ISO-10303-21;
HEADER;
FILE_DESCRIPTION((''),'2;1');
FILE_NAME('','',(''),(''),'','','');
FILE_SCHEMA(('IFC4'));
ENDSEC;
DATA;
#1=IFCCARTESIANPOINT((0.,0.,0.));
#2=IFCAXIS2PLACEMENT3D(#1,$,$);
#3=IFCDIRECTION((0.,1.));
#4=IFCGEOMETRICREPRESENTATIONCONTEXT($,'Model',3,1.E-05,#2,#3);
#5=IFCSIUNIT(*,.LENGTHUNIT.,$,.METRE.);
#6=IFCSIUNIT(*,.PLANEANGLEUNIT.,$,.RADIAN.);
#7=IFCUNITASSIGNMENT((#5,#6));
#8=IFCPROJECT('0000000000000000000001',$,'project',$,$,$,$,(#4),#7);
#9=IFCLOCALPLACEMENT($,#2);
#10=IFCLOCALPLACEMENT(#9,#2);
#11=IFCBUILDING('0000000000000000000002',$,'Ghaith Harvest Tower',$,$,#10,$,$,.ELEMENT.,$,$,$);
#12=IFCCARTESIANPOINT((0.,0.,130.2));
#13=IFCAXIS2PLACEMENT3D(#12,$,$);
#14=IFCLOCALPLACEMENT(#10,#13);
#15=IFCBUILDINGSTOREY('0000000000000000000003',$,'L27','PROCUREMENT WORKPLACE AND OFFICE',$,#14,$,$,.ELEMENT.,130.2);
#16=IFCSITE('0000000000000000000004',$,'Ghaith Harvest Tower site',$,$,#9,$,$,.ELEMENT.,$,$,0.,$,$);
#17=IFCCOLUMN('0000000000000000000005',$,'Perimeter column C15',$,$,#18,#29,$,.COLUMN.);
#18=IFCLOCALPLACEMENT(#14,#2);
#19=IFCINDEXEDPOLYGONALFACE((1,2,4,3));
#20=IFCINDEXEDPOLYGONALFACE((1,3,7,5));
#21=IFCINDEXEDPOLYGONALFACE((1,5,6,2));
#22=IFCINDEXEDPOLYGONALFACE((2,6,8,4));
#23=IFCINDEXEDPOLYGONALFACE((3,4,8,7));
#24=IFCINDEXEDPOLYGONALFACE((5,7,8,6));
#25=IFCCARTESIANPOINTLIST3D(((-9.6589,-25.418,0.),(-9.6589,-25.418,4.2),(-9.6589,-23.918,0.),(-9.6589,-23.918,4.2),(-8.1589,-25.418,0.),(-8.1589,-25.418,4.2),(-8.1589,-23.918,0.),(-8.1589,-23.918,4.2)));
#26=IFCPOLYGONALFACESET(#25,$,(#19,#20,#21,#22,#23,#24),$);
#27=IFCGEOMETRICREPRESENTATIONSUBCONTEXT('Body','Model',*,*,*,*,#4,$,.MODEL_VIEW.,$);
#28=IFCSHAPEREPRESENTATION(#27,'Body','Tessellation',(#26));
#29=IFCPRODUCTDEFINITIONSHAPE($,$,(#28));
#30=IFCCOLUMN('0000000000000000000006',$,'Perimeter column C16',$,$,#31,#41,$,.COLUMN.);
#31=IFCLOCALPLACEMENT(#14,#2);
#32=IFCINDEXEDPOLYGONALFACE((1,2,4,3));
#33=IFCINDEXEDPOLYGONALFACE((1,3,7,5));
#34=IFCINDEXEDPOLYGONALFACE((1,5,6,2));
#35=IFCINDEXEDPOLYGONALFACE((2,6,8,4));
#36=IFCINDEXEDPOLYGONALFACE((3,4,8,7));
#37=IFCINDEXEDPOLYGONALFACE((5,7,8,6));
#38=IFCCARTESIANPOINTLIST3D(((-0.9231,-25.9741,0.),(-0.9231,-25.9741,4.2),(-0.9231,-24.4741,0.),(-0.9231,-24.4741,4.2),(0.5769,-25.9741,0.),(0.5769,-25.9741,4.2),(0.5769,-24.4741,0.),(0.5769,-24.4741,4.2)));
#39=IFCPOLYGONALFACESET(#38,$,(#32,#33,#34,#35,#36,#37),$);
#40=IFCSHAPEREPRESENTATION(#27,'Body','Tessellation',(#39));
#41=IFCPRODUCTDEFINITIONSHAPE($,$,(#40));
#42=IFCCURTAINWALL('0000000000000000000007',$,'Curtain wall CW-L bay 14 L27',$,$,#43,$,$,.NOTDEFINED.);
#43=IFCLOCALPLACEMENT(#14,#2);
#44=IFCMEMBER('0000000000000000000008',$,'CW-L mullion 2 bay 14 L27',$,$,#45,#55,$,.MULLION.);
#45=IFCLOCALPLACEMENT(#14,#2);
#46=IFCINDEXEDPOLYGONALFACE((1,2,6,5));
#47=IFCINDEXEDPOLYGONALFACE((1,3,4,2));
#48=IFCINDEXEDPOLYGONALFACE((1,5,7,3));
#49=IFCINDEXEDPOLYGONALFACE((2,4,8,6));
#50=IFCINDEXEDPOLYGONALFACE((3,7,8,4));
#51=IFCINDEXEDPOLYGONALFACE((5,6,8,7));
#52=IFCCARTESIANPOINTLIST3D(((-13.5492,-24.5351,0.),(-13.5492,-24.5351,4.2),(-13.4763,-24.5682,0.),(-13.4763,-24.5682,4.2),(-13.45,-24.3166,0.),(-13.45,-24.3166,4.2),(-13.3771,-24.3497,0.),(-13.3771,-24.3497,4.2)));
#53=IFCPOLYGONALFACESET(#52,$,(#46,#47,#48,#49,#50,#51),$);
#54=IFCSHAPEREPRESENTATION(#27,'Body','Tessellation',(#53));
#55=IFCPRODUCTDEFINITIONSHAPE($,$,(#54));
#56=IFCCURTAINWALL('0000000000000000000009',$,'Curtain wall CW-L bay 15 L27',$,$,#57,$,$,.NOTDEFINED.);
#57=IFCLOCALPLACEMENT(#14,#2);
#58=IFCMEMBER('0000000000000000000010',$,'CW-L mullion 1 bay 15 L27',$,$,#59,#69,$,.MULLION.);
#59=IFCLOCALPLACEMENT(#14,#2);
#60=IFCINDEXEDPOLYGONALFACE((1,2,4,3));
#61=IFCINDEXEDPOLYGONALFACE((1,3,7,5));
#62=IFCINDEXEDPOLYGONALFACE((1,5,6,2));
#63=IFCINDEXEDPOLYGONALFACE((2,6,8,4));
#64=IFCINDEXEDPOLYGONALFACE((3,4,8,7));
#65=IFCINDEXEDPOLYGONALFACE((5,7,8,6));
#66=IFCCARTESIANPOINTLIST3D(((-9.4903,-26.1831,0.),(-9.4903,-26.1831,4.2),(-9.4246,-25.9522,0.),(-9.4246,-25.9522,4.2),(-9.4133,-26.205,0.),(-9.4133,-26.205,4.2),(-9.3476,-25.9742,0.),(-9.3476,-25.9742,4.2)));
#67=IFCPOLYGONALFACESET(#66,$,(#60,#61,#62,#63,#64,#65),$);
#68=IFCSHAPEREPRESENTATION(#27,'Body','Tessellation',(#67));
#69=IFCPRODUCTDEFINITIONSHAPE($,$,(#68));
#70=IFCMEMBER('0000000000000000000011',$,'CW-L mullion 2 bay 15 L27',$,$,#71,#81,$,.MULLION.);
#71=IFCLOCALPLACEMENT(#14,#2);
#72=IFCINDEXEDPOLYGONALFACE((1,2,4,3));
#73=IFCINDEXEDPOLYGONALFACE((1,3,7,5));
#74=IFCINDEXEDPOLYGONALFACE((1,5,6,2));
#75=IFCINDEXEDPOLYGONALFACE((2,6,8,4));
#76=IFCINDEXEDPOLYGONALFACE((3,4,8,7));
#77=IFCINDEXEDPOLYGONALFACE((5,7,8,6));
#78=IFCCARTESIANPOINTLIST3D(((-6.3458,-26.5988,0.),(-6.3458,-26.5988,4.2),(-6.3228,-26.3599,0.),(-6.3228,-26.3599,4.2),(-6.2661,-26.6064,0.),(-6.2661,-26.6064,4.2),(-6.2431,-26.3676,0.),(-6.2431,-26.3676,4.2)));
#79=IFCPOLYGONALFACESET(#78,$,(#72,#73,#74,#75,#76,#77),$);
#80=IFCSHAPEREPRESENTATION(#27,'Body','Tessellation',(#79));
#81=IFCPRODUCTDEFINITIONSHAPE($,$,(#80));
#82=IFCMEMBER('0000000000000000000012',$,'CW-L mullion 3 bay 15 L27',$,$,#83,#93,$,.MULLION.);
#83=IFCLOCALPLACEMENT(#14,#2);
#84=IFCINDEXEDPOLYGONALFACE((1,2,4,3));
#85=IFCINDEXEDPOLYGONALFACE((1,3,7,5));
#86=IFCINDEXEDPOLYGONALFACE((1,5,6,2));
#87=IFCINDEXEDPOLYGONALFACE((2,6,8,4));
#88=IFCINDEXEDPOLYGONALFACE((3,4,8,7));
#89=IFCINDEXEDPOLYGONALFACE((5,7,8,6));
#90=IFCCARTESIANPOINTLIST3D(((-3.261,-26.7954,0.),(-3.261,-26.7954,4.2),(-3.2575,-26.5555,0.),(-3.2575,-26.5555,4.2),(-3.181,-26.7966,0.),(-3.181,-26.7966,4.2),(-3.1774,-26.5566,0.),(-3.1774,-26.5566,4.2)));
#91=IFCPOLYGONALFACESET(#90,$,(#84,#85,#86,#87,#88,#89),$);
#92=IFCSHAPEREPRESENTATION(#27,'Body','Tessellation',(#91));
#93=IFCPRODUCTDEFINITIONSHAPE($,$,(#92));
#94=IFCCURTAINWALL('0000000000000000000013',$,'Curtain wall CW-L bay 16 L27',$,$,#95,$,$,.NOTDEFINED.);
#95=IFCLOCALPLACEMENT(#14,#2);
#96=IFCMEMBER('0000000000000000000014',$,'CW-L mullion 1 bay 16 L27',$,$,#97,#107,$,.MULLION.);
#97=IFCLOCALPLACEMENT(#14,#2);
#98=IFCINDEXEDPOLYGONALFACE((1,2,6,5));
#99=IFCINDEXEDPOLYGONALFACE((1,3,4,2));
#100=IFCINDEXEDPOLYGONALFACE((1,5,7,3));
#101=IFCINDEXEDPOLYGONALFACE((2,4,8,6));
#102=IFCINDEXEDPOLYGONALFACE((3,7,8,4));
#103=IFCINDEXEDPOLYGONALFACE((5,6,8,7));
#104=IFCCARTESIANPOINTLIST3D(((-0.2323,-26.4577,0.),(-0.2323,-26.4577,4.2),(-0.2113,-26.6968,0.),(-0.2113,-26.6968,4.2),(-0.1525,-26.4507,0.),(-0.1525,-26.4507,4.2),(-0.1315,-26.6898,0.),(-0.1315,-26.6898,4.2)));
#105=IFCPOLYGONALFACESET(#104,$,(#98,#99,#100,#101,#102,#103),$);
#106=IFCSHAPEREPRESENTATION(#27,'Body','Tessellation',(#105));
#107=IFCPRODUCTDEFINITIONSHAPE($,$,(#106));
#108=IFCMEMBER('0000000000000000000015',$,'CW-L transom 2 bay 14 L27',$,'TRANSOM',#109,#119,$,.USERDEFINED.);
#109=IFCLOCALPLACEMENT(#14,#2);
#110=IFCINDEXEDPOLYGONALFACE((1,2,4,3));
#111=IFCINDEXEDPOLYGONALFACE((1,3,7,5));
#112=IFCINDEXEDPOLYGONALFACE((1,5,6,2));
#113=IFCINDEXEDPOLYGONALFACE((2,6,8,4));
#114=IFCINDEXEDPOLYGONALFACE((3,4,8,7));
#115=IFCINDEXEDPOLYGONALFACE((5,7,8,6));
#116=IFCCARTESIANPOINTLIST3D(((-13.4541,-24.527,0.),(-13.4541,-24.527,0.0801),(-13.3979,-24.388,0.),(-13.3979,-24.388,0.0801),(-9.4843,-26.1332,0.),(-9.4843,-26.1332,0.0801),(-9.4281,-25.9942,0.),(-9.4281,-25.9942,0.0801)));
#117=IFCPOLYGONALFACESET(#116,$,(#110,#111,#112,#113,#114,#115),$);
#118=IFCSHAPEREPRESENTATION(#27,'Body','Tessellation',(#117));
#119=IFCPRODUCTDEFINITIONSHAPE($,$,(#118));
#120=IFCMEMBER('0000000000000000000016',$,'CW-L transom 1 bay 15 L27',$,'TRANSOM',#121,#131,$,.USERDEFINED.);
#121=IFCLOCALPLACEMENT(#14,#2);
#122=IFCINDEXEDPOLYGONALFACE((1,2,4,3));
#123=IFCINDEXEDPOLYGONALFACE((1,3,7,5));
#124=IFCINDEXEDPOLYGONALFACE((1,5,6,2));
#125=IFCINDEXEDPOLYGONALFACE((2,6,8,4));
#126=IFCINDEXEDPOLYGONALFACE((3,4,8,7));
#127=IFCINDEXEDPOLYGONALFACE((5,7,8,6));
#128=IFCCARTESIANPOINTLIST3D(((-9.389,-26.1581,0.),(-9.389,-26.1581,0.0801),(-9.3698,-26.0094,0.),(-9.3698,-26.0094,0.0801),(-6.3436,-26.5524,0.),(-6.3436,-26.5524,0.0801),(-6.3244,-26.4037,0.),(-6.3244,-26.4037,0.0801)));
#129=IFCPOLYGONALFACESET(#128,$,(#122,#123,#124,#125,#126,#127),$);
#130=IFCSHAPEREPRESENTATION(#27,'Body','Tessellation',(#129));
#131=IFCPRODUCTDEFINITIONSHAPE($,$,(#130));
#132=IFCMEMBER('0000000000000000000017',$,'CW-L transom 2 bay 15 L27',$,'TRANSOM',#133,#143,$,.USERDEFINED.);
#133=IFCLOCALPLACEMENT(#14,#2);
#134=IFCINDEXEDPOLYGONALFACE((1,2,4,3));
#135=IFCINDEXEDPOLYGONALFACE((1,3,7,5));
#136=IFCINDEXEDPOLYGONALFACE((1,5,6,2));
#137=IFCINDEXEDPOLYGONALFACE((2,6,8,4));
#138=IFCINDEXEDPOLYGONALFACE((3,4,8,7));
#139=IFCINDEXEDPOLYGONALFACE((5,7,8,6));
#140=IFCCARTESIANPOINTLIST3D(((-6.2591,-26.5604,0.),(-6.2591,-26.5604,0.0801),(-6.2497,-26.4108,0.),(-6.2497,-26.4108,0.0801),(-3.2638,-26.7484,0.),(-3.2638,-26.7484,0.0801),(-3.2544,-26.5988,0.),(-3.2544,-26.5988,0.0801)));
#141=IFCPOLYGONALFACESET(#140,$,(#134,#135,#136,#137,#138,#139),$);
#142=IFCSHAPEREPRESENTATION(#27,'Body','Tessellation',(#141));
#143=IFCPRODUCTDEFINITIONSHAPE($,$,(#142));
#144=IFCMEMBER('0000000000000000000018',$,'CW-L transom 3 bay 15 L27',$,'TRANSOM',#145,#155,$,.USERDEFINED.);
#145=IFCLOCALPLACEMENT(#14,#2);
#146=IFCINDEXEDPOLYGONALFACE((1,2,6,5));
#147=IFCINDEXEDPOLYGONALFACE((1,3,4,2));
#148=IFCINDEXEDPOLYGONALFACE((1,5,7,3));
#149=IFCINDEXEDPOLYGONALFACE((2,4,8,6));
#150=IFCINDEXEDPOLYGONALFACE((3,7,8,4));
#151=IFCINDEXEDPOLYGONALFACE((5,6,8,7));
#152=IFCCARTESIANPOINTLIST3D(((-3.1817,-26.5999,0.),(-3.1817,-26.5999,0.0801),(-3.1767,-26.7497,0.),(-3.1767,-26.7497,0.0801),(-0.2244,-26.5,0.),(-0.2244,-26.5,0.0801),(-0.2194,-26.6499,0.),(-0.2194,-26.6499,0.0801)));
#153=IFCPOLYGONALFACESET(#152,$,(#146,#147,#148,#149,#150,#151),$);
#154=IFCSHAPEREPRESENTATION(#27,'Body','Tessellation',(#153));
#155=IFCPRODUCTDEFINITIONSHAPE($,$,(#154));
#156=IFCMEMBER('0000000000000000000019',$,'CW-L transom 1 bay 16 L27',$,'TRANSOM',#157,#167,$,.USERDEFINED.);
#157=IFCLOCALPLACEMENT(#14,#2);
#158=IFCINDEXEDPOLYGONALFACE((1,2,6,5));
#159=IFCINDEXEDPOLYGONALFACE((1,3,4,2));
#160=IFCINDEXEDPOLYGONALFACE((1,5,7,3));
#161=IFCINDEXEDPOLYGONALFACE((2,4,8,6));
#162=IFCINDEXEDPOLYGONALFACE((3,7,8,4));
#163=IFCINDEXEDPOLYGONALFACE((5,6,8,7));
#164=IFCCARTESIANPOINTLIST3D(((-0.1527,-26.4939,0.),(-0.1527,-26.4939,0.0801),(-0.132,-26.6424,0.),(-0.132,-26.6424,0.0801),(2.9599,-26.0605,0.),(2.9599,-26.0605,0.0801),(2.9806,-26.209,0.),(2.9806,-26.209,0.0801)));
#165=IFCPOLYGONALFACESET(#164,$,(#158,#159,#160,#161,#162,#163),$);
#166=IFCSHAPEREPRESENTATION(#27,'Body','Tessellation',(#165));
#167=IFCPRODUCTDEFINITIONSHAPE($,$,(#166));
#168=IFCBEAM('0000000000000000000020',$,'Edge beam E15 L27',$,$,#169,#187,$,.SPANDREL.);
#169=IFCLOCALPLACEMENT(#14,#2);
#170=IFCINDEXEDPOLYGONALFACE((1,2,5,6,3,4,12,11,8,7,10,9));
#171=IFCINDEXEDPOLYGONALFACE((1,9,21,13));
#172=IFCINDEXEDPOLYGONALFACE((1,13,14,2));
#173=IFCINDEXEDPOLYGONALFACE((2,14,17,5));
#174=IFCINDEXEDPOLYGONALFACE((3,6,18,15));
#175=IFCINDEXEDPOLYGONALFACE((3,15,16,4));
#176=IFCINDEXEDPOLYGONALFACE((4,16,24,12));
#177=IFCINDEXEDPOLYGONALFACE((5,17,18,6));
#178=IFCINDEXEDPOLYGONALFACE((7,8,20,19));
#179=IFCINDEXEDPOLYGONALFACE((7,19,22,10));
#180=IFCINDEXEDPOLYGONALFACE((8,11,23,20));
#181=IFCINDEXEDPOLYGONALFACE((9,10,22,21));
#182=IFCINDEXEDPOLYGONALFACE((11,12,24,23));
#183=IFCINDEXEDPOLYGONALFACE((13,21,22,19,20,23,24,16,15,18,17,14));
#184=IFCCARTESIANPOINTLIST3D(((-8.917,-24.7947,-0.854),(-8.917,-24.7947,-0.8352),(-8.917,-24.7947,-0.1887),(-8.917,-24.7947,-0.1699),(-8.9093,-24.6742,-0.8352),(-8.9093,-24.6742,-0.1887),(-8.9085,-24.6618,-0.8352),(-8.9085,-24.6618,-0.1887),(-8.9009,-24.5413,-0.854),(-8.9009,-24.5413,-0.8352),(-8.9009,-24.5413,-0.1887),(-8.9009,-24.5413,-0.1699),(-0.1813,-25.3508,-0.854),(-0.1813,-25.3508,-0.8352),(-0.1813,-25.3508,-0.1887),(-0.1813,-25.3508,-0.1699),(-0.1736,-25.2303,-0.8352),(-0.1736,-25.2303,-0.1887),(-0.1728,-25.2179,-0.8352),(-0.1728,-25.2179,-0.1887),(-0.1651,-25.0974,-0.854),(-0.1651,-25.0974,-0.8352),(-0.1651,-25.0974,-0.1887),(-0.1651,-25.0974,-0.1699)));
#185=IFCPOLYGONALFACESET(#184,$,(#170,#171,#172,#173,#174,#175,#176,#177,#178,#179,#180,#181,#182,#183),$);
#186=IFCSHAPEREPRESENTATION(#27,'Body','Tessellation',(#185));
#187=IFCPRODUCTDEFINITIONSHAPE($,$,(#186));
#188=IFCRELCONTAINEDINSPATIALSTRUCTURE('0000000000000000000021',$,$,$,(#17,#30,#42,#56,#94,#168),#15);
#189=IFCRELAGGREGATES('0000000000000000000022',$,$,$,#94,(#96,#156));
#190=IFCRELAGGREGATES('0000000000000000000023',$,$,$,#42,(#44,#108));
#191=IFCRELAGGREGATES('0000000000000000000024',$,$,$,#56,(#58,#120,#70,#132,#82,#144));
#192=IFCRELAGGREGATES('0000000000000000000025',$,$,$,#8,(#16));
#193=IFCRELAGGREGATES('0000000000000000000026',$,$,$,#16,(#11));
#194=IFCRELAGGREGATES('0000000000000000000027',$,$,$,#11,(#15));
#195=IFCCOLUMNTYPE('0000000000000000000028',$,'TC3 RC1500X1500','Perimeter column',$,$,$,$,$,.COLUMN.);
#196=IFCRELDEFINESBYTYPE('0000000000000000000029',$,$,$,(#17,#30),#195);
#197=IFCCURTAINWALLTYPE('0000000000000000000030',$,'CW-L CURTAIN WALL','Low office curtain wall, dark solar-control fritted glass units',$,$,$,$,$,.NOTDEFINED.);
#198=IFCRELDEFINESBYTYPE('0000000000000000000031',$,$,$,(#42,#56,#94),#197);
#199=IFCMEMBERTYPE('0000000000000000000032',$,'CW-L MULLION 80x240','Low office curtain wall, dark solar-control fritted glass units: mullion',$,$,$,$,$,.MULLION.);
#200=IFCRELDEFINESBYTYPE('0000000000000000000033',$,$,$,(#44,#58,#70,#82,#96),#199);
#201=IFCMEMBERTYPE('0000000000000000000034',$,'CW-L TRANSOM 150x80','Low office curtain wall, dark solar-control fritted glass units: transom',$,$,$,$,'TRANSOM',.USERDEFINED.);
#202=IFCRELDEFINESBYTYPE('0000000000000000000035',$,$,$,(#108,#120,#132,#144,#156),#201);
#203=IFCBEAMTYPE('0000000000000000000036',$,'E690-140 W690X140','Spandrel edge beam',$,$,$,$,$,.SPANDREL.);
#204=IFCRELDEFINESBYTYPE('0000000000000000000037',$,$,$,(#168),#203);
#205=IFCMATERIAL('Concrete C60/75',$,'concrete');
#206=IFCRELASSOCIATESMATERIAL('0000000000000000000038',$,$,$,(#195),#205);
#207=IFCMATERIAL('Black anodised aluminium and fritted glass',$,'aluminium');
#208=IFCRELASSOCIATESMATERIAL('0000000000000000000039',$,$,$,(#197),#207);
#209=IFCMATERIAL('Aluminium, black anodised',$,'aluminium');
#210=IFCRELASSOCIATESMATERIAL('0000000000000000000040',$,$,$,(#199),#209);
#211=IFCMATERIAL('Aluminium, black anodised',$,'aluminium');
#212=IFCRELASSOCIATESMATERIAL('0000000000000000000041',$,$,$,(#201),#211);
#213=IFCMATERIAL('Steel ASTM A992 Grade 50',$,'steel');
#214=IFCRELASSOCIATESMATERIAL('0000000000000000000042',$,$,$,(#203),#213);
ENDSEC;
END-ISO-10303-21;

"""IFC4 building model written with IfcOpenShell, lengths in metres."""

from ifc_helpers import new_model, si_unit, direction, frame, origin, origin_2d, place, context, subcontext, project, spatial, rectangle, i_section, extrude, material, material_profile, profile_set, type_object, element, aggregate, save


model = new_model("IFC4")

# Units and contexts
model_context = context("Model", 3, precision=1e-05, world=origin(), true_north=direction((0.0, 1.0)))
body_context = subcontext(model_context, "Body", "Model", "MODEL_VIEW")
ifc_project = project(units=[si_unit("LENGTHUNIT", "METRE"), si_unit("PLANEANGLEUNIT", "RADIAN")], contexts=[model_context])

# Site, building, storey
site_placement = place(None, origin())
site = spatial("IfcSite", under=ifc_project, at=site_placement, Name="Ghaith Harvest Tower site", CompositionType="ELEMENT", RefElevation=0.0)
building_placement = place(site_placement, origin())
building = spatial("IfcBuilding", under=site, at=building_placement, Name="Ghaith Harvest Tower", CompositionType="ELEMENT")
storey_placement = place(building_placement, frame((0.0, 0.0, 130.2)))
storey = spatial("IfcBuildingStorey", under=building, at=storey_placement, Name="L27", Description="PROCUREMENT WORKPLACE AND OFFICE", CompositionType="ELEMENT", Elevation=130.2)

# Columns
ifc_material_1 = material(Name="Concrete C60/75", Category="concrete")
ifc_material_profile_1 = material_profile(ifc_material_1, rectangle(XDim=1.5, YDim=1.5, at=origin_2d()), Name="RC1500X1500")
ifc_profile_set_1 = profile_set([ifc_material_profile_1], Name="Concrete C60/75")
column_type = type_object("IfcColumnType", Name="TC3 RC1500X1500", Description="Perimeter column", PredefinedType="COLUMN", material=ifc_profile_set_1)
for number, where, z_axis, x_axis, name in (
    (1, (-8.9089, -24.668, 0.0), (0.0, 0.0, 1.0), (1.0, 0.0, 0.0), "Perimeter column C15"),
    (2, (-0.1731, -25.2241, 0.0), (0.0, 0.0, 1.0), (1.0, 0.0, 0.0), "Perimeter column C16"),
):
    element("IfcColumn", number, at=place(storey_placement, frame(where, z_axis=z_axis, x_axis=x_axis)), inside=storey, type_object=column_type, Name=name, PredefinedType="COLUMN", context=body_context, shape_type="SweptSolid", body=[
        extrude(rectangle(XDim=1.5, YDim=1.5, at=origin_2d()), origin(), (0.0, 0.0, 1.0), 4.2),
    ])

# Curtain wall, member
ifc_material_2 = material(Name="Black anodised aluminium and fritted glass", Category="aluminium")
curtain_wall_type = type_object("IfcCurtainWallType", Name="CW-L CURTAIN WALL", Description="Low office curtain wall, dark solar-control fritted glass units", PredefinedType="NOTDEFINED", material=ifc_material_2)
curtain_wall_1_placement = place(storey_placement, origin())
curtain_wall_1 = element("IfcCurtainWall", 3, at=curtain_wall_1_placement, inside=storey, type_object=curtain_wall_type, Name="Curtain wall CW-L bay 14 L27", PredefinedType="NOTDEFINED")
ifc_material_3 = material(Name="Aluminium, black anodised", Category="aluminium")
ifc_material_profile_2 = material_profile(ifc_material_3, rectangle(XDim=0.0801, YDim=0.24, at=origin_2d()), Name="CW-L MULLION 80x240")
ifc_profile_set_2 = profile_set([ifc_material_profile_2], Name="Aluminium, black anodised")
member_type_1 = type_object("IfcMemberType", Name="CW-L MULLION 80x240", Description="Low office curtain wall, dark solar-control fritted glass units: mullion", PredefinedType="MULLION", material=ifc_profile_set_2)
member_1_placement = place(storey_placement, frame((-13.4631, -24.4424, 0.0), z_axis=(0.0, 0.0, 1.0), x_axis=(0.910648, -0.413183, 0.0)))
member_1 = element("IfcMember", 4, at=member_1_placement, type_object=member_type_1, Name="CW-L mullion 2 bay 14 L27", PredefinedType="MULLION", context=body_context, shape_type="SweptSolid", body=[
    extrude(rectangle(XDim=0.0801, YDim=0.24, at=origin_2d()), origin(), (0.0, 0.0, 1.0), 4.2),
])

# Curtain wall, members
curtain_wall_2_placement = place(storey_placement, origin())
curtain_wall_2 = element("IfcCurtainWall", 5, at=curtain_wall_2_placement, inside=storey, type_object=curtain_wall_type, Name="Curtain wall CW-L bay 15 L27", PredefinedType="NOTDEFINED")
member_2_placement = place(storey_placement, frame((-9.4189, -26.0786, 0.0), z_axis=(0.0, 0.0, 1.0), x_axis=(0.961789, -0.273793, 0.0)))
member_2 = element("IfcMember", 6, at=member_2_placement, type_object=member_type_1, Name="CW-L mullion 1 bay 15 L27", PredefinedType="MULLION", context=body_context, shape_type="SweptSolid", body=[
    extrude(rectangle(XDim=0.0801, YDim=0.24, at=origin_2d()), origin(), (0.0, 0.0, 1.0), 4.2),
])
member_3_placement = place(storey_placement, frame((-6.2944, -26.4832, 0.0), z_axis=(0.0, 0.0, 1.0), x_axis=(0.995389, -0.095918, 0.0)))
member_3 = element("IfcMember", 7, at=member_3_placement, type_object=member_type_1, Name="CW-L mullion 2 bay 15 L27", PredefinedType="MULLION", context=body_context, shape_type="SweptSolid", body=[
    extrude(rectangle(XDim=0.0801, YDim=0.24, at=origin_2d()), origin(), (0.0, 0.0, 1.0), 4.2),
])
member_4_placement = place(storey_placement, frame((-3.2192, -26.676, 0.0), z_axis=(0.0, 0.0, 1.0), x_axis=(0.999891, -0.014796, 0.0)))
member_4 = element("IfcMember", 8, at=member_4_placement, type_object=member_type_1, Name="CW-L mullion 3 bay 15 L27", PredefinedType="MULLION", context=body_context, shape_type="SweptSolid", body=[
    extrude(rectangle(XDim=0.0801, YDim=0.24, at=origin_2d()), origin(), (0.0, 0.0, 1.0), 4.2),
])

# Curtain wall, member
curtain_wall_3_placement = place(storey_placement, origin())
curtain_wall_3 = element("IfcCurtainWall", 9, at=curtain_wall_3_placement, inside=storey, type_object=curtain_wall_type, Name="Curtain wall CW-L bay 16 L27", PredefinedType="NOTDEFINED")
member_5_placement = place(storey_placement, frame((-0.1819, -26.5737, 0.0), z_axis=(0.0, 0.0, 1.0), x_axis=(0.996169, 0.087446, 0.0)))
member_5 = element("IfcMember", 10, at=member_5_placement, type_object=member_type_1, Name="CW-L mullion 1 bay 16 L27", PredefinedType="MULLION", context=body_context, shape_type="SweptSolid", body=[
    extrude(rectangle(XDim=0.0801, YDim=0.24, at=origin_2d()), origin(), (0.0, 0.0, 1.0), 4.2),
])

# Members
ifc_material_4 = material(Name="Aluminium, black anodised", Category="aluminium")
ifc_material_profile_3 = material_profile(ifc_material_4, rectangle(XDim=0.1499, YDim=0.0801, at=origin_2d()), Name="CW-L TRANSOM 150x80")
ifc_profile_set_3 = profile_set([ifc_material_profile_3], Name="Aluminium, black anodised")
member_type_2 = type_object("IfcMemberType", Name="CW-L TRANSOM 150x80", Description="Low office curtain wall, dark solar-control fritted glass units: transom", ElementType="TRANSOM", PredefinedType="USERDEFINED", material=ifc_profile_set_3)
member_6_placement = place(storey_placement, frame((-13.426, -24.4575, 0.04), z_axis=(0.927003, -0.375054, 0.0), x_axis=(0.375054, 0.927003, 0.0)))
member_6 = element("IfcMember", 11, at=member_6_placement, type_object=member_type_2, Name="CW-L transom 2 bay 14 L27", ObjectType="TRANSOM", PredefinedType="USERDEFINED", context=body_context, shape_type="SweptSolid", body=[
    extrude(rectangle(XDim=0.1499, YDim=0.0801, at=origin_2d()), origin(), (0.0, 0.0, 1.0), 4.2825),
])
member_7_placement = place(storey_placement, frame((-9.3794, -26.0837, 0.04), z_axis=(0.991723, -0.128398, 0.0), x_axis=(0.128398, 0.991723, 0.0)))
member_7 = element("IfcMember", 12, at=member_7_placement, type_object=member_type_2, Name="CW-L transom 1 bay 15 L27", ObjectType="TRANSOM", PredefinedType="USERDEFINED", context=body_context, shape_type="SweptSolid", body=[
    extrude(rectangle(XDim=0.1499, YDim=0.0801, at=origin_2d()), origin(), (0.0, 0.0, 1.0), 3.0708),
])
member_8_placement = place(storey_placement, frame((-6.2544, -26.4856, 0.04), z_axis=(0.998036, -0.062637, 0.0), x_axis=(0.062637, 0.998036, 0.0)))
member_8 = element("IfcMember", 13, at=member_8_placement, type_object=member_type_2, Name="CW-L transom 2 bay 15 L27", ObjectType="TRANSOM", PredefinedType="USERDEFINED", context=body_context, shape_type="SweptSolid", body=[
    extrude(rectangle(XDim=0.1499, YDim=0.0801, at=origin_2d()), origin(), (0.0, 0.0, 1.0), 3.0012),
])
member_9_placement = place(storey_placement, frame((-3.1792, -26.6748, 0.04), z_axis=(0.99943, 0.033746, 0.0), x_axis=(-0.033746, 0.99943, 0.0)))
member_9 = element("IfcMember", 14, at=member_9_placement, type_object=member_type_2, Name="CW-L transom 3 bay 15 L27", ObjectType="TRANSOM", PredefinedType="USERDEFINED", context=body_context, shape_type="SweptSolid", body=[
    extrude(rectangle(XDim=0.1499, YDim=0.0801, at=origin_2d()), origin(), (0.0, 0.0, 1.0), 2.959),
])
member_10_placement = place(storey_placement, frame((-0.1423, -26.5681, 0.04), z_axis=(0.990447, 0.137897, 0.0), x_axis=(-0.137897, 0.990447, 0.0)))
member_10 = element("IfcMember", 15, at=member_10_placement, type_object=member_type_2, Name="CW-L transom 1 bay 16 L27", ObjectType="TRANSOM", PredefinedType="USERDEFINED", context=body_context, shape_type="SweptSolid", body=[
    extrude(rectangle(XDim=0.1499, YDim=0.0801, at=origin_2d()), origin(), (0.0, 0.0, 1.0), 3.1426),
])
aggregate(curtain_wall_3, [member_5, member_10])

# Beam
ifc_material_5 = material(Name="Steel ASTM A992 Grade 50", Category="steel")
ifc_material_profile_4 = material_profile(ifc_material_5, i_section(OverallWidth=0.2539, OverallDepth=0.6841, WebThickness=0.0125, FlangeThickness=0.0188, at=origin_2d()), Name="W690X140")
ifc_profile_set_4 = profile_set([ifc_material_profile_4], Name="Steel ASTM A992 Grade 50")
beam_type = type_object("IfcBeamType", Name="E690-140 W690X140", Description="Spandrel edge beam", PredefinedType="SPANDREL", material=ifc_profile_set_4)
beam_1_placement = place(storey_placement, frame((-8.9089, -24.668, -0.512), z_axis=(0.99798, -0.063535, 0.0), x_axis=(0.063535, 0.99798, 0.0)))
element("IfcBeam", 16, at=beam_1_placement, inside=storey, type_object=beam_type, Name="Edge beam E15 L27", PredefinedType="SPANDREL", context=body_context, shape_type="SweptSolid", body=[
    extrude(i_section(OverallWidth=0.2539, OverallDepth=0.6841, WebThickness=0.0125, FlangeThickness=0.0188, at=origin_2d()), origin(), (0.0, 0.0, 1.0), 8.7534),
])

aggregate(curtain_wall_1, [member_1, member_6])
aggregate(curtain_wall_2, [member_2, member_7, member_3, member_8, member_4, member_9])

save(model, "model.ifc")
